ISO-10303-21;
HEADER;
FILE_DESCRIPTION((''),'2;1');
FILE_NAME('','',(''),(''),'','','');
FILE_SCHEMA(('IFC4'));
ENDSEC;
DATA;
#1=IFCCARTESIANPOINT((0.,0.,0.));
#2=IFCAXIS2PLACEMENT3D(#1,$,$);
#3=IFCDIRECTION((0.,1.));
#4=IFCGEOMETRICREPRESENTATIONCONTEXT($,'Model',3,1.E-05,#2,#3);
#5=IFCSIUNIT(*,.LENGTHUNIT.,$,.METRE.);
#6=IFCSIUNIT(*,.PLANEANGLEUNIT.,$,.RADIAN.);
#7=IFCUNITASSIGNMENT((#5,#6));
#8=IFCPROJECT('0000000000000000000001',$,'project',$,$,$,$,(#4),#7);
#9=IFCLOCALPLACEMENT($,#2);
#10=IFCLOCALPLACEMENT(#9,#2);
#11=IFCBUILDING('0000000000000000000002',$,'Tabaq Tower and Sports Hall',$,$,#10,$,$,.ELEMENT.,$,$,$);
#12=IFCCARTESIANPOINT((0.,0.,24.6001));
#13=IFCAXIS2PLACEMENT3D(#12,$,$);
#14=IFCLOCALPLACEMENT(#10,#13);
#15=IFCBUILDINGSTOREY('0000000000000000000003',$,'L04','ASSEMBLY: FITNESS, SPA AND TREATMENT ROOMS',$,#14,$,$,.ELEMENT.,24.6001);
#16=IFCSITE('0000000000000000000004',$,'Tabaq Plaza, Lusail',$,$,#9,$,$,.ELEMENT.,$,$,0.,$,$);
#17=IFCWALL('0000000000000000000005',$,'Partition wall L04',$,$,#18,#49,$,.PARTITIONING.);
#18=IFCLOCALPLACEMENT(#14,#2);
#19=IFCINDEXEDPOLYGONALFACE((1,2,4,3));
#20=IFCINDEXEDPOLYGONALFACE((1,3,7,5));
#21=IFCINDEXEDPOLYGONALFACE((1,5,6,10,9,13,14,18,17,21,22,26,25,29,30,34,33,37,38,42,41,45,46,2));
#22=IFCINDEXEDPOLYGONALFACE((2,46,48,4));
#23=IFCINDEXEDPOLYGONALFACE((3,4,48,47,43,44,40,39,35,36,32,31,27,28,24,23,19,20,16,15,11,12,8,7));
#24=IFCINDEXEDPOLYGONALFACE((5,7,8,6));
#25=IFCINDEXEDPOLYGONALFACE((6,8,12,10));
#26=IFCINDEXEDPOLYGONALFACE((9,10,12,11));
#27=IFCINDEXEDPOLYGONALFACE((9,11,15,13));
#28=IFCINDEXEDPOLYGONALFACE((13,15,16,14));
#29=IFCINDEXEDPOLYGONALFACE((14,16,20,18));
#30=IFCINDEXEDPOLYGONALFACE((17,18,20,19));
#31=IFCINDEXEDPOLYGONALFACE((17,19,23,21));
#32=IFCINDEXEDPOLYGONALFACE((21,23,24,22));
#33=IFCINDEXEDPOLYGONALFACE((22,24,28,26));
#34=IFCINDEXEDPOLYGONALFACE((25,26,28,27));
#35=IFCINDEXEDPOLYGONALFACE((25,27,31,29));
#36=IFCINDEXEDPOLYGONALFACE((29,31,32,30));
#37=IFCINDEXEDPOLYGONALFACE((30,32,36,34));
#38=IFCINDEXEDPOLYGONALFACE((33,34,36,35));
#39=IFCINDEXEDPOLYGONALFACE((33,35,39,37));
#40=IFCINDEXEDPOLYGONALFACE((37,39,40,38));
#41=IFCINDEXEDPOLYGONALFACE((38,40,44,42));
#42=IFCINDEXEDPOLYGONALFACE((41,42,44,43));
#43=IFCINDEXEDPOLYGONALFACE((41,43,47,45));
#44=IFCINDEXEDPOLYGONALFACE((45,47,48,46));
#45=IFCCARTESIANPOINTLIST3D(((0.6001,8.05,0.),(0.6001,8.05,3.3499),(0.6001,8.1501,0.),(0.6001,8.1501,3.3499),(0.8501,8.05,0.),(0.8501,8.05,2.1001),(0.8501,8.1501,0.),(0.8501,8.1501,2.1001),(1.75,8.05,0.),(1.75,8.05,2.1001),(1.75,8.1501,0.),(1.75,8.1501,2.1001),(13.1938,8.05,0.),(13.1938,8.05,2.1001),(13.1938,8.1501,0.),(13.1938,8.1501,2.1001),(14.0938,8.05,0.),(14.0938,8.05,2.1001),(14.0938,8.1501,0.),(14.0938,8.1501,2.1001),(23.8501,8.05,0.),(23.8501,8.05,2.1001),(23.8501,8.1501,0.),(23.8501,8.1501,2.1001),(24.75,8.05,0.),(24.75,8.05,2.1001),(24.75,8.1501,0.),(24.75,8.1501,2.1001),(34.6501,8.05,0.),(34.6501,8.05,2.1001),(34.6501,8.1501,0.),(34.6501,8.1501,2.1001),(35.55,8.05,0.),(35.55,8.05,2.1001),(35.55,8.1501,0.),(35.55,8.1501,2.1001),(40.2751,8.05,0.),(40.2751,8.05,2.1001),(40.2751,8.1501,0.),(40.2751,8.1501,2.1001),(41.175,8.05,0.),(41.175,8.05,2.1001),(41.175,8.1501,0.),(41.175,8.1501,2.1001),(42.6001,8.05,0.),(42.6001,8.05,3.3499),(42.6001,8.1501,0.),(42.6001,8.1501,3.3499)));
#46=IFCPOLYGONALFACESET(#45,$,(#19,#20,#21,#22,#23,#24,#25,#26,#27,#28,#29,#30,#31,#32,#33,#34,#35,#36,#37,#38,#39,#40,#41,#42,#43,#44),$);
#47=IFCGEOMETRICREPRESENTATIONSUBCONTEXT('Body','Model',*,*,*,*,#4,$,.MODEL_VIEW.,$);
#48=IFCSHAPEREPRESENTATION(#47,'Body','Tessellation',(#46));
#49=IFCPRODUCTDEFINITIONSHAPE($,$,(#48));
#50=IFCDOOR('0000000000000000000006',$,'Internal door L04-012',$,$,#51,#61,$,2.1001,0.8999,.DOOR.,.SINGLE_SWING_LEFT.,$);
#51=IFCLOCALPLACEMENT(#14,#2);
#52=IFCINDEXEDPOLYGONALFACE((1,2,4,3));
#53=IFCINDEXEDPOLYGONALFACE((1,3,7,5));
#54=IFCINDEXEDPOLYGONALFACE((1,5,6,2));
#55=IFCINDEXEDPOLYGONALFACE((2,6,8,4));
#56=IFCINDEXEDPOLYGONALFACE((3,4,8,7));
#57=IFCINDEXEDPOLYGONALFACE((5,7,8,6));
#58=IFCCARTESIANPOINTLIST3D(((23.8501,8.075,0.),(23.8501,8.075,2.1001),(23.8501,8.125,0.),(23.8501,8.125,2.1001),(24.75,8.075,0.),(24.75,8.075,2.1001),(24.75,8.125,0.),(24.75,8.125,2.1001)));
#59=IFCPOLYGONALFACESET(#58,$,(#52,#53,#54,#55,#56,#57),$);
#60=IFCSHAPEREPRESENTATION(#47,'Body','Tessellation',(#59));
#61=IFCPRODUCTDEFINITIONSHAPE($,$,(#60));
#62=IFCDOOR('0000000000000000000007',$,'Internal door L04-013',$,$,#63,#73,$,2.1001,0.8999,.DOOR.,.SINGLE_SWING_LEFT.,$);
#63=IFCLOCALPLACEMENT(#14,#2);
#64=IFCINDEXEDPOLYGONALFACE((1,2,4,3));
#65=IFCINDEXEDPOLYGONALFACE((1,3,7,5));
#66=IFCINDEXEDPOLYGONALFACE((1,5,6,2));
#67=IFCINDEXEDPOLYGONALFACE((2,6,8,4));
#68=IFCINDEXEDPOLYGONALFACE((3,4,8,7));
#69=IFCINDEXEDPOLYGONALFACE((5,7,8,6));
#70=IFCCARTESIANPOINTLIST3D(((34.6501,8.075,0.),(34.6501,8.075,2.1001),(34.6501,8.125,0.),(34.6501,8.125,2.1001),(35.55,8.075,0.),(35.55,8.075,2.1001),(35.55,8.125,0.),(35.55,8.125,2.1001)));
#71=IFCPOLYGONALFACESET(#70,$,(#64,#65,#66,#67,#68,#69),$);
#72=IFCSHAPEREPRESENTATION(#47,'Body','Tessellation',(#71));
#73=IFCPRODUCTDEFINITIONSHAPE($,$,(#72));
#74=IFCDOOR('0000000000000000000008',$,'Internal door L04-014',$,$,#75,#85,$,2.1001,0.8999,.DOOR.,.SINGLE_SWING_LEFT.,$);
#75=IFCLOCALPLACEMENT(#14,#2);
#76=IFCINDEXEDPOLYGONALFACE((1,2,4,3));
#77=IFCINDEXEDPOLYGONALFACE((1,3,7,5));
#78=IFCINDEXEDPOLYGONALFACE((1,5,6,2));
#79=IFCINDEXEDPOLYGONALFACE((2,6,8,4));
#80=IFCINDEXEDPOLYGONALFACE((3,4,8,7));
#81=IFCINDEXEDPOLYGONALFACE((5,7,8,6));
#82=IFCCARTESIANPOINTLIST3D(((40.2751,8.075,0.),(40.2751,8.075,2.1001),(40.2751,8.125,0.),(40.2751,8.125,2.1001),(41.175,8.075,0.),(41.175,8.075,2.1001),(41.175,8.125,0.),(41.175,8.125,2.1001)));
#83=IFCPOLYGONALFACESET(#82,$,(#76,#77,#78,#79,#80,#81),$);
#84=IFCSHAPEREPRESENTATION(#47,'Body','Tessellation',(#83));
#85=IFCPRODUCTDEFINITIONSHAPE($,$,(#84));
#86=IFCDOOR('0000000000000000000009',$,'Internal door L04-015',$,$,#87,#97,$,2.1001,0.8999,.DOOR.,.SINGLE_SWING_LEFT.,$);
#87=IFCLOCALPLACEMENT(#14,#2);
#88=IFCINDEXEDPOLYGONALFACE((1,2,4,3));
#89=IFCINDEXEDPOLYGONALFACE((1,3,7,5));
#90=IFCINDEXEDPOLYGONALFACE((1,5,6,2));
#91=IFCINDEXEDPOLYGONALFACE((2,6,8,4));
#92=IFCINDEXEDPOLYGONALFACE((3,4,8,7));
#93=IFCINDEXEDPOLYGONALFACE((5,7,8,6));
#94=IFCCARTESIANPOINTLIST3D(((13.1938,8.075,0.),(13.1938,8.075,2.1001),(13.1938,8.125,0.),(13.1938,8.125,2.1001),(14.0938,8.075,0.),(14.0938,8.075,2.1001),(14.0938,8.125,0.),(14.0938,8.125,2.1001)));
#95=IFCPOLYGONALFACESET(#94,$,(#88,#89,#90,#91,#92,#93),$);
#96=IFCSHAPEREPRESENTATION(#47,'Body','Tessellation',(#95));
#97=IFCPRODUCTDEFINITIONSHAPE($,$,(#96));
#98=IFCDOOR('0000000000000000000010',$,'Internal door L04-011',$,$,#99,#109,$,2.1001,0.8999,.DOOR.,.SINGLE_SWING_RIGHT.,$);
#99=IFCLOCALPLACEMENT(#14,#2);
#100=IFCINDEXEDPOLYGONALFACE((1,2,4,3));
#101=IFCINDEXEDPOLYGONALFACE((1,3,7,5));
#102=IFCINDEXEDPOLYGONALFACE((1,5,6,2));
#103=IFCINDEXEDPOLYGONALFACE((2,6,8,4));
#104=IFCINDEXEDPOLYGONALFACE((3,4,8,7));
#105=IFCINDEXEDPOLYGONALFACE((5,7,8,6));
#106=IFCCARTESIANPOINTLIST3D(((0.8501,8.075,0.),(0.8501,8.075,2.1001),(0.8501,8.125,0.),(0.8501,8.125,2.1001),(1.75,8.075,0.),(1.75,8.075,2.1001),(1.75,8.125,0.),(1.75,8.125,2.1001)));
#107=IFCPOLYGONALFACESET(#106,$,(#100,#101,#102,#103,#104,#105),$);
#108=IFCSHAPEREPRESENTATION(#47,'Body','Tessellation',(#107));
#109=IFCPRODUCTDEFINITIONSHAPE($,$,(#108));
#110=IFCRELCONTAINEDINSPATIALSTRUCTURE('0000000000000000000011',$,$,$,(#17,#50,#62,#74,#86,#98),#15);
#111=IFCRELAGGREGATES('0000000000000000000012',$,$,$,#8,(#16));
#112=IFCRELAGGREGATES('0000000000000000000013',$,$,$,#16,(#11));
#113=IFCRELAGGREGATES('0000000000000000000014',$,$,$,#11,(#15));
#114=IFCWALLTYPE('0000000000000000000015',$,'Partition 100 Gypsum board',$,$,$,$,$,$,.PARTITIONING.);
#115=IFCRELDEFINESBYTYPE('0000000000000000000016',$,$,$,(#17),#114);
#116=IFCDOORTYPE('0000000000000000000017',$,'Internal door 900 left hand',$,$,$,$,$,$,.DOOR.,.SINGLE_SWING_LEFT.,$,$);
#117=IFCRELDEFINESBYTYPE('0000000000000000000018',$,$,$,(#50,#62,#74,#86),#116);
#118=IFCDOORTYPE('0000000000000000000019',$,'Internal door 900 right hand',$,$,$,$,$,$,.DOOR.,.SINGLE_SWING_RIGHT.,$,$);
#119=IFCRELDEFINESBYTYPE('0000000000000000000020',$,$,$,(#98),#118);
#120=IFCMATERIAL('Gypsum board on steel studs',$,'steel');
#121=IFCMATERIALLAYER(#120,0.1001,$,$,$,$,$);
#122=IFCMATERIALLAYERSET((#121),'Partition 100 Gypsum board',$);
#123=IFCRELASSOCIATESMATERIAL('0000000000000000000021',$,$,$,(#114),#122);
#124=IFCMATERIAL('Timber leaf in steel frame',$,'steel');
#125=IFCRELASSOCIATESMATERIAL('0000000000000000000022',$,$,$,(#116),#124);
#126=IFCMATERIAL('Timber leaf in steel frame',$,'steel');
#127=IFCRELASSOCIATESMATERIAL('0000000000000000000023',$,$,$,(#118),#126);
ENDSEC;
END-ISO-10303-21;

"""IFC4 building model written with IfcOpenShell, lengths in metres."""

from ifc_helpers import new_model, si_unit, direction, frame, frame_2d, origin, place, context, subcontext, project, spatial, rectangle, extrude, material, layer, layer_set, type_object, element, fill, save


model = new_model("IFC4")

# Units and contexts
model_context = context("Model", 3, precision=1e-05, world=origin(), true_north=direction((0.0, 1.0)))
body_context = subcontext(model_context, "Body", "Model", "MODEL_VIEW")
ifc_project = project(units=[si_unit("LENGTHUNIT", "METRE"), si_unit("PLANEANGLEUNIT", "RADIAN")], contexts=[model_context])

# Site, building, storey
site_placement = place(None, origin())
site = spatial("IfcSite", under=ifc_project, at=site_placement, Name="Tabaq Plaza, Lusail", CompositionType="ELEMENT", RefElevation=0.0)
building_placement = place(site_placement, origin())
building = spatial("IfcBuilding", under=site, at=building_placement, Name="Tabaq Tower and Sports Hall", CompositionType="ELEMENT")
storey_placement = place(building_placement, frame((0.0, 0.0, 24.6001)))
storey = spatial("IfcBuildingStorey", under=building, at=storey_placement, Name="L04", Description="ASSEMBLY: FITNESS, SPA AND TREATMENT ROOMS", CompositionType="ELEMENT", Elevation=24.6001)

# Wall, openings, doors
ifc_material_1 = material(Name="Gypsum board on steel studs", Category="steel")
ifc_layer_1 = layer(ifc_material_1, 0.1001)
ifc_layer_set_1 = layer_set([ifc_layer_1], Name="Partition 100 Gypsum board")
wall_type = type_object("IfcWallType", Name="Partition 100 Gypsum board", PredefinedType="PARTITIONING", material=ifc_layer_set_1)
wall_placement = place(storey_placement, frame((0.6001, 8.1001, 0.0), z_axis=(0.0, 0.0, 1.0), x_axis=(1.0, 0.0, 0.0)))
wall = element("IfcWall", 1, at=wall_placement, inside=storey, type_object=wall_type, Name="Partition wall L04", PredefinedType="PARTITIONING", context=body_context, shape_type="SweptSolid", body=[
    extrude(rectangle(XDim=42.0, YDim=0.1001, at=frame_2d((21.0, 0.0))), origin(), (0.0, 0.0, 1.0), 3.3499),
])
opening_1_placement = place(wall_placement, frame((0.25, 0.0, 0.0)))
opening_1 = element("IfcOpeningElement", 2, at=opening_1_placement, cuts=wall, PredefinedType="OPENING", context=body_context, shape_type="SweptSolid", body=[
    extrude(rectangle(XDim=0.8999, YDim=2.1001, at=frame_2d((0.45, 1.05))), frame((0.0, 0.05, 0.0), z_axis=(0.0, -1.0, 0.0), x_axis=(1.0, 0.0, 0.0)), (0.0, 0.0, 1.0), 0.1001),
])
opening_2_placement = place(wall_placement, frame((23.25, 0.0, 0.0)))
opening_2 = element("IfcOpeningElement", 3, at=opening_2_placement, cuts=wall, PredefinedType="OPENING", context=body_context, shape_type="SweptSolid", body=[
    extrude(rectangle(XDim=0.8999, YDim=2.1001, at=frame_2d((0.45, 1.05))), frame((0.0, 0.05, 0.0), z_axis=(0.0, -1.0, 0.0), x_axis=(1.0, 0.0, 0.0)), (0.0, 0.0, 1.0), 0.1001),
])
opening_3_placement = place(wall_placement, frame((34.05, 0.0, 0.0)))
opening_3 = element("IfcOpeningElement", 4, at=opening_3_placement, cuts=wall, PredefinedType="OPENING", context=body_context, shape_type="SweptSolid", body=[
    extrude(rectangle(XDim=0.8999, YDim=2.1001, at=frame_2d((0.45, 1.05))), frame((0.0, 0.05, 0.0), z_axis=(0.0, -1.0, 0.0), x_axis=(1.0, 0.0, 0.0)), (0.0, 0.0, 1.0), 0.1001),
])
opening_4_placement = place(wall_placement, frame((39.675, 0.0, 0.0)))
opening_4 = element("IfcOpeningElement", 5, at=opening_4_placement, cuts=wall, PredefinedType="OPENING", context=body_context, shape_type="SweptSolid", body=[
    extrude(rectangle(XDim=0.8999, YDim=2.1001, at=frame_2d((0.45, 1.05))), frame((0.0, 0.05, 0.0), z_axis=(0.0, -1.0, 0.0), x_axis=(1.0, 0.0, 0.0)), (0.0, 0.0, 1.0), 0.1001),
])
opening_5_placement = place(wall_placement, frame((12.5938, 0.0, 0.0)))
opening_5 = element("IfcOpeningElement", 6, at=opening_5_placement, cuts=wall, PredefinedType="OPENING", context=body_context, shape_type="SweptSolid", body=[
    extrude(rectangle(XDim=0.8999, YDim=2.1001, at=frame_2d((0.45, 1.05))), frame((0.0, 0.05, 0.0), z_axis=(0.0, -1.0, 0.0), x_axis=(1.0, 0.0, 0.0)), (0.0, 0.0, 1.0), 0.1001),
])
ifc_material_2 = material(Name="Timber leaf in steel frame", Category="steel")
door_type_1 = type_object("IfcDoorType", Name="Internal door 900 left hand", OperationType="SINGLE_SWING_LEFT", PredefinedType="DOOR", material=ifc_material_2)
door_1_placement = place(opening_2_placement, origin())
door_1 = element("IfcDoor", 7, at=door_1_placement, inside=storey, type_object=door_type_1, Name="Internal door L04-012", OperationType="SINGLE_SWING_LEFT", OverallHeight=2.1001, OverallWidth=0.8999, PredefinedType="DOOR", context=body_context, shape_type="SweptSolid", body=[
    extrude(rectangle(XDim=0.8999, YDim=2.1001, at=frame_2d((0.45, 1.05))), frame((0.0, 0.0249, 0.0), z_axis=(0.0, -1.0, 0.0), x_axis=(1.0, 0.0, 0.0)), (0.0, 0.0, 1.0), 0.05),
])
fill(opening_2, door_1)
door_2_placement = place(opening_3_placement, origin())
door_2 = element("IfcDoor", 8, at=door_2_placement, inside=storey, type_object=door_type_1, Name="Internal door L04-013", OperationType="SINGLE_SWING_LEFT", OverallHeight=2.1001, OverallWidth=0.8999, PredefinedType="DOOR", context=body_context, shape_type="SweptSolid", body=[
    extrude(rectangle(XDim=0.8999, YDim=2.1001, at=frame_2d((0.45, 1.05))), frame((0.0, 0.0249, 0.0), z_axis=(0.0, -1.0, 0.0), x_axis=(1.0, 0.0, 0.0)), (0.0, 0.0, 1.0), 0.05),
])
fill(opening_3, door_2)
door_3_placement = place(opening_4_placement, origin())
door_3 = element("IfcDoor", 9, at=door_3_placement, inside=storey, type_object=door_type_1, Name="Internal door L04-014", OperationType="SINGLE_SWING_LEFT", OverallHeight=2.1001, OverallWidth=0.8999, PredefinedType="DOOR", context=body_context, shape_type="SweptSolid", body=[
    extrude(rectangle(XDim=0.8999, YDim=2.1001, at=frame_2d((0.45, 1.05))), frame((0.0, 0.0249, 0.0), z_axis=(0.0, -1.0, 0.0), x_axis=(1.0, 0.0, 0.0)), (0.0, 0.0, 1.0), 0.05),
])
fill(opening_4, door_3)
door_4_placement = place(opening_5_placement, origin())
door_4 = element("IfcDoor", 10, at=door_4_placement, inside=storey, type_object=door_type_1, Name="Internal door L04-015", OperationType="SINGLE_SWING_LEFT", OverallHeight=2.1001, OverallWidth=0.8999, PredefinedType="DOOR", context=body_context, shape_type="SweptSolid", body=[
    extrude(rectangle(XDim=0.8999, YDim=2.1001, at=frame_2d((0.45, 1.05))), frame((0.0, 0.0249, 0.0), z_axis=(0.0, -1.0, 0.0), x_axis=(1.0, 0.0, 0.0)), (0.0, 0.0, 1.0), 0.05),
])
fill(opening_5, door_4)
ifc_material_3 = material(Name="Timber leaf in steel frame", Category="steel")
door_type_2 = type_object("IfcDoorType", Name="Internal door 900 right hand", OperationType="SINGLE_SWING_RIGHT", PredefinedType="DOOR", material=ifc_material_3)
door_5_placement = place(opening_1_placement, origin())
door_5 = element("IfcDoor", 11, at=door_5_placement, inside=storey, type_object=door_type_2, Name="Internal door L04-011", OperationType="SINGLE_SWING_RIGHT", OverallHeight=2.1001, OverallWidth=0.8999, PredefinedType="DOOR", context=body_context, shape_type="SweptSolid", body=[
    extrude(rectangle(XDim=0.8999, YDim=2.1001, at=frame_2d((0.45, 1.05))), frame((0.0, 0.0249, 0.0), z_axis=(0.0, -1.0, 0.0), x_axis=(1.0, 0.0, 0.0)), (0.0, 0.0, 1.0), 0.05),
])
fill(opening_1, door_5)

save(model, "model.ifc")
